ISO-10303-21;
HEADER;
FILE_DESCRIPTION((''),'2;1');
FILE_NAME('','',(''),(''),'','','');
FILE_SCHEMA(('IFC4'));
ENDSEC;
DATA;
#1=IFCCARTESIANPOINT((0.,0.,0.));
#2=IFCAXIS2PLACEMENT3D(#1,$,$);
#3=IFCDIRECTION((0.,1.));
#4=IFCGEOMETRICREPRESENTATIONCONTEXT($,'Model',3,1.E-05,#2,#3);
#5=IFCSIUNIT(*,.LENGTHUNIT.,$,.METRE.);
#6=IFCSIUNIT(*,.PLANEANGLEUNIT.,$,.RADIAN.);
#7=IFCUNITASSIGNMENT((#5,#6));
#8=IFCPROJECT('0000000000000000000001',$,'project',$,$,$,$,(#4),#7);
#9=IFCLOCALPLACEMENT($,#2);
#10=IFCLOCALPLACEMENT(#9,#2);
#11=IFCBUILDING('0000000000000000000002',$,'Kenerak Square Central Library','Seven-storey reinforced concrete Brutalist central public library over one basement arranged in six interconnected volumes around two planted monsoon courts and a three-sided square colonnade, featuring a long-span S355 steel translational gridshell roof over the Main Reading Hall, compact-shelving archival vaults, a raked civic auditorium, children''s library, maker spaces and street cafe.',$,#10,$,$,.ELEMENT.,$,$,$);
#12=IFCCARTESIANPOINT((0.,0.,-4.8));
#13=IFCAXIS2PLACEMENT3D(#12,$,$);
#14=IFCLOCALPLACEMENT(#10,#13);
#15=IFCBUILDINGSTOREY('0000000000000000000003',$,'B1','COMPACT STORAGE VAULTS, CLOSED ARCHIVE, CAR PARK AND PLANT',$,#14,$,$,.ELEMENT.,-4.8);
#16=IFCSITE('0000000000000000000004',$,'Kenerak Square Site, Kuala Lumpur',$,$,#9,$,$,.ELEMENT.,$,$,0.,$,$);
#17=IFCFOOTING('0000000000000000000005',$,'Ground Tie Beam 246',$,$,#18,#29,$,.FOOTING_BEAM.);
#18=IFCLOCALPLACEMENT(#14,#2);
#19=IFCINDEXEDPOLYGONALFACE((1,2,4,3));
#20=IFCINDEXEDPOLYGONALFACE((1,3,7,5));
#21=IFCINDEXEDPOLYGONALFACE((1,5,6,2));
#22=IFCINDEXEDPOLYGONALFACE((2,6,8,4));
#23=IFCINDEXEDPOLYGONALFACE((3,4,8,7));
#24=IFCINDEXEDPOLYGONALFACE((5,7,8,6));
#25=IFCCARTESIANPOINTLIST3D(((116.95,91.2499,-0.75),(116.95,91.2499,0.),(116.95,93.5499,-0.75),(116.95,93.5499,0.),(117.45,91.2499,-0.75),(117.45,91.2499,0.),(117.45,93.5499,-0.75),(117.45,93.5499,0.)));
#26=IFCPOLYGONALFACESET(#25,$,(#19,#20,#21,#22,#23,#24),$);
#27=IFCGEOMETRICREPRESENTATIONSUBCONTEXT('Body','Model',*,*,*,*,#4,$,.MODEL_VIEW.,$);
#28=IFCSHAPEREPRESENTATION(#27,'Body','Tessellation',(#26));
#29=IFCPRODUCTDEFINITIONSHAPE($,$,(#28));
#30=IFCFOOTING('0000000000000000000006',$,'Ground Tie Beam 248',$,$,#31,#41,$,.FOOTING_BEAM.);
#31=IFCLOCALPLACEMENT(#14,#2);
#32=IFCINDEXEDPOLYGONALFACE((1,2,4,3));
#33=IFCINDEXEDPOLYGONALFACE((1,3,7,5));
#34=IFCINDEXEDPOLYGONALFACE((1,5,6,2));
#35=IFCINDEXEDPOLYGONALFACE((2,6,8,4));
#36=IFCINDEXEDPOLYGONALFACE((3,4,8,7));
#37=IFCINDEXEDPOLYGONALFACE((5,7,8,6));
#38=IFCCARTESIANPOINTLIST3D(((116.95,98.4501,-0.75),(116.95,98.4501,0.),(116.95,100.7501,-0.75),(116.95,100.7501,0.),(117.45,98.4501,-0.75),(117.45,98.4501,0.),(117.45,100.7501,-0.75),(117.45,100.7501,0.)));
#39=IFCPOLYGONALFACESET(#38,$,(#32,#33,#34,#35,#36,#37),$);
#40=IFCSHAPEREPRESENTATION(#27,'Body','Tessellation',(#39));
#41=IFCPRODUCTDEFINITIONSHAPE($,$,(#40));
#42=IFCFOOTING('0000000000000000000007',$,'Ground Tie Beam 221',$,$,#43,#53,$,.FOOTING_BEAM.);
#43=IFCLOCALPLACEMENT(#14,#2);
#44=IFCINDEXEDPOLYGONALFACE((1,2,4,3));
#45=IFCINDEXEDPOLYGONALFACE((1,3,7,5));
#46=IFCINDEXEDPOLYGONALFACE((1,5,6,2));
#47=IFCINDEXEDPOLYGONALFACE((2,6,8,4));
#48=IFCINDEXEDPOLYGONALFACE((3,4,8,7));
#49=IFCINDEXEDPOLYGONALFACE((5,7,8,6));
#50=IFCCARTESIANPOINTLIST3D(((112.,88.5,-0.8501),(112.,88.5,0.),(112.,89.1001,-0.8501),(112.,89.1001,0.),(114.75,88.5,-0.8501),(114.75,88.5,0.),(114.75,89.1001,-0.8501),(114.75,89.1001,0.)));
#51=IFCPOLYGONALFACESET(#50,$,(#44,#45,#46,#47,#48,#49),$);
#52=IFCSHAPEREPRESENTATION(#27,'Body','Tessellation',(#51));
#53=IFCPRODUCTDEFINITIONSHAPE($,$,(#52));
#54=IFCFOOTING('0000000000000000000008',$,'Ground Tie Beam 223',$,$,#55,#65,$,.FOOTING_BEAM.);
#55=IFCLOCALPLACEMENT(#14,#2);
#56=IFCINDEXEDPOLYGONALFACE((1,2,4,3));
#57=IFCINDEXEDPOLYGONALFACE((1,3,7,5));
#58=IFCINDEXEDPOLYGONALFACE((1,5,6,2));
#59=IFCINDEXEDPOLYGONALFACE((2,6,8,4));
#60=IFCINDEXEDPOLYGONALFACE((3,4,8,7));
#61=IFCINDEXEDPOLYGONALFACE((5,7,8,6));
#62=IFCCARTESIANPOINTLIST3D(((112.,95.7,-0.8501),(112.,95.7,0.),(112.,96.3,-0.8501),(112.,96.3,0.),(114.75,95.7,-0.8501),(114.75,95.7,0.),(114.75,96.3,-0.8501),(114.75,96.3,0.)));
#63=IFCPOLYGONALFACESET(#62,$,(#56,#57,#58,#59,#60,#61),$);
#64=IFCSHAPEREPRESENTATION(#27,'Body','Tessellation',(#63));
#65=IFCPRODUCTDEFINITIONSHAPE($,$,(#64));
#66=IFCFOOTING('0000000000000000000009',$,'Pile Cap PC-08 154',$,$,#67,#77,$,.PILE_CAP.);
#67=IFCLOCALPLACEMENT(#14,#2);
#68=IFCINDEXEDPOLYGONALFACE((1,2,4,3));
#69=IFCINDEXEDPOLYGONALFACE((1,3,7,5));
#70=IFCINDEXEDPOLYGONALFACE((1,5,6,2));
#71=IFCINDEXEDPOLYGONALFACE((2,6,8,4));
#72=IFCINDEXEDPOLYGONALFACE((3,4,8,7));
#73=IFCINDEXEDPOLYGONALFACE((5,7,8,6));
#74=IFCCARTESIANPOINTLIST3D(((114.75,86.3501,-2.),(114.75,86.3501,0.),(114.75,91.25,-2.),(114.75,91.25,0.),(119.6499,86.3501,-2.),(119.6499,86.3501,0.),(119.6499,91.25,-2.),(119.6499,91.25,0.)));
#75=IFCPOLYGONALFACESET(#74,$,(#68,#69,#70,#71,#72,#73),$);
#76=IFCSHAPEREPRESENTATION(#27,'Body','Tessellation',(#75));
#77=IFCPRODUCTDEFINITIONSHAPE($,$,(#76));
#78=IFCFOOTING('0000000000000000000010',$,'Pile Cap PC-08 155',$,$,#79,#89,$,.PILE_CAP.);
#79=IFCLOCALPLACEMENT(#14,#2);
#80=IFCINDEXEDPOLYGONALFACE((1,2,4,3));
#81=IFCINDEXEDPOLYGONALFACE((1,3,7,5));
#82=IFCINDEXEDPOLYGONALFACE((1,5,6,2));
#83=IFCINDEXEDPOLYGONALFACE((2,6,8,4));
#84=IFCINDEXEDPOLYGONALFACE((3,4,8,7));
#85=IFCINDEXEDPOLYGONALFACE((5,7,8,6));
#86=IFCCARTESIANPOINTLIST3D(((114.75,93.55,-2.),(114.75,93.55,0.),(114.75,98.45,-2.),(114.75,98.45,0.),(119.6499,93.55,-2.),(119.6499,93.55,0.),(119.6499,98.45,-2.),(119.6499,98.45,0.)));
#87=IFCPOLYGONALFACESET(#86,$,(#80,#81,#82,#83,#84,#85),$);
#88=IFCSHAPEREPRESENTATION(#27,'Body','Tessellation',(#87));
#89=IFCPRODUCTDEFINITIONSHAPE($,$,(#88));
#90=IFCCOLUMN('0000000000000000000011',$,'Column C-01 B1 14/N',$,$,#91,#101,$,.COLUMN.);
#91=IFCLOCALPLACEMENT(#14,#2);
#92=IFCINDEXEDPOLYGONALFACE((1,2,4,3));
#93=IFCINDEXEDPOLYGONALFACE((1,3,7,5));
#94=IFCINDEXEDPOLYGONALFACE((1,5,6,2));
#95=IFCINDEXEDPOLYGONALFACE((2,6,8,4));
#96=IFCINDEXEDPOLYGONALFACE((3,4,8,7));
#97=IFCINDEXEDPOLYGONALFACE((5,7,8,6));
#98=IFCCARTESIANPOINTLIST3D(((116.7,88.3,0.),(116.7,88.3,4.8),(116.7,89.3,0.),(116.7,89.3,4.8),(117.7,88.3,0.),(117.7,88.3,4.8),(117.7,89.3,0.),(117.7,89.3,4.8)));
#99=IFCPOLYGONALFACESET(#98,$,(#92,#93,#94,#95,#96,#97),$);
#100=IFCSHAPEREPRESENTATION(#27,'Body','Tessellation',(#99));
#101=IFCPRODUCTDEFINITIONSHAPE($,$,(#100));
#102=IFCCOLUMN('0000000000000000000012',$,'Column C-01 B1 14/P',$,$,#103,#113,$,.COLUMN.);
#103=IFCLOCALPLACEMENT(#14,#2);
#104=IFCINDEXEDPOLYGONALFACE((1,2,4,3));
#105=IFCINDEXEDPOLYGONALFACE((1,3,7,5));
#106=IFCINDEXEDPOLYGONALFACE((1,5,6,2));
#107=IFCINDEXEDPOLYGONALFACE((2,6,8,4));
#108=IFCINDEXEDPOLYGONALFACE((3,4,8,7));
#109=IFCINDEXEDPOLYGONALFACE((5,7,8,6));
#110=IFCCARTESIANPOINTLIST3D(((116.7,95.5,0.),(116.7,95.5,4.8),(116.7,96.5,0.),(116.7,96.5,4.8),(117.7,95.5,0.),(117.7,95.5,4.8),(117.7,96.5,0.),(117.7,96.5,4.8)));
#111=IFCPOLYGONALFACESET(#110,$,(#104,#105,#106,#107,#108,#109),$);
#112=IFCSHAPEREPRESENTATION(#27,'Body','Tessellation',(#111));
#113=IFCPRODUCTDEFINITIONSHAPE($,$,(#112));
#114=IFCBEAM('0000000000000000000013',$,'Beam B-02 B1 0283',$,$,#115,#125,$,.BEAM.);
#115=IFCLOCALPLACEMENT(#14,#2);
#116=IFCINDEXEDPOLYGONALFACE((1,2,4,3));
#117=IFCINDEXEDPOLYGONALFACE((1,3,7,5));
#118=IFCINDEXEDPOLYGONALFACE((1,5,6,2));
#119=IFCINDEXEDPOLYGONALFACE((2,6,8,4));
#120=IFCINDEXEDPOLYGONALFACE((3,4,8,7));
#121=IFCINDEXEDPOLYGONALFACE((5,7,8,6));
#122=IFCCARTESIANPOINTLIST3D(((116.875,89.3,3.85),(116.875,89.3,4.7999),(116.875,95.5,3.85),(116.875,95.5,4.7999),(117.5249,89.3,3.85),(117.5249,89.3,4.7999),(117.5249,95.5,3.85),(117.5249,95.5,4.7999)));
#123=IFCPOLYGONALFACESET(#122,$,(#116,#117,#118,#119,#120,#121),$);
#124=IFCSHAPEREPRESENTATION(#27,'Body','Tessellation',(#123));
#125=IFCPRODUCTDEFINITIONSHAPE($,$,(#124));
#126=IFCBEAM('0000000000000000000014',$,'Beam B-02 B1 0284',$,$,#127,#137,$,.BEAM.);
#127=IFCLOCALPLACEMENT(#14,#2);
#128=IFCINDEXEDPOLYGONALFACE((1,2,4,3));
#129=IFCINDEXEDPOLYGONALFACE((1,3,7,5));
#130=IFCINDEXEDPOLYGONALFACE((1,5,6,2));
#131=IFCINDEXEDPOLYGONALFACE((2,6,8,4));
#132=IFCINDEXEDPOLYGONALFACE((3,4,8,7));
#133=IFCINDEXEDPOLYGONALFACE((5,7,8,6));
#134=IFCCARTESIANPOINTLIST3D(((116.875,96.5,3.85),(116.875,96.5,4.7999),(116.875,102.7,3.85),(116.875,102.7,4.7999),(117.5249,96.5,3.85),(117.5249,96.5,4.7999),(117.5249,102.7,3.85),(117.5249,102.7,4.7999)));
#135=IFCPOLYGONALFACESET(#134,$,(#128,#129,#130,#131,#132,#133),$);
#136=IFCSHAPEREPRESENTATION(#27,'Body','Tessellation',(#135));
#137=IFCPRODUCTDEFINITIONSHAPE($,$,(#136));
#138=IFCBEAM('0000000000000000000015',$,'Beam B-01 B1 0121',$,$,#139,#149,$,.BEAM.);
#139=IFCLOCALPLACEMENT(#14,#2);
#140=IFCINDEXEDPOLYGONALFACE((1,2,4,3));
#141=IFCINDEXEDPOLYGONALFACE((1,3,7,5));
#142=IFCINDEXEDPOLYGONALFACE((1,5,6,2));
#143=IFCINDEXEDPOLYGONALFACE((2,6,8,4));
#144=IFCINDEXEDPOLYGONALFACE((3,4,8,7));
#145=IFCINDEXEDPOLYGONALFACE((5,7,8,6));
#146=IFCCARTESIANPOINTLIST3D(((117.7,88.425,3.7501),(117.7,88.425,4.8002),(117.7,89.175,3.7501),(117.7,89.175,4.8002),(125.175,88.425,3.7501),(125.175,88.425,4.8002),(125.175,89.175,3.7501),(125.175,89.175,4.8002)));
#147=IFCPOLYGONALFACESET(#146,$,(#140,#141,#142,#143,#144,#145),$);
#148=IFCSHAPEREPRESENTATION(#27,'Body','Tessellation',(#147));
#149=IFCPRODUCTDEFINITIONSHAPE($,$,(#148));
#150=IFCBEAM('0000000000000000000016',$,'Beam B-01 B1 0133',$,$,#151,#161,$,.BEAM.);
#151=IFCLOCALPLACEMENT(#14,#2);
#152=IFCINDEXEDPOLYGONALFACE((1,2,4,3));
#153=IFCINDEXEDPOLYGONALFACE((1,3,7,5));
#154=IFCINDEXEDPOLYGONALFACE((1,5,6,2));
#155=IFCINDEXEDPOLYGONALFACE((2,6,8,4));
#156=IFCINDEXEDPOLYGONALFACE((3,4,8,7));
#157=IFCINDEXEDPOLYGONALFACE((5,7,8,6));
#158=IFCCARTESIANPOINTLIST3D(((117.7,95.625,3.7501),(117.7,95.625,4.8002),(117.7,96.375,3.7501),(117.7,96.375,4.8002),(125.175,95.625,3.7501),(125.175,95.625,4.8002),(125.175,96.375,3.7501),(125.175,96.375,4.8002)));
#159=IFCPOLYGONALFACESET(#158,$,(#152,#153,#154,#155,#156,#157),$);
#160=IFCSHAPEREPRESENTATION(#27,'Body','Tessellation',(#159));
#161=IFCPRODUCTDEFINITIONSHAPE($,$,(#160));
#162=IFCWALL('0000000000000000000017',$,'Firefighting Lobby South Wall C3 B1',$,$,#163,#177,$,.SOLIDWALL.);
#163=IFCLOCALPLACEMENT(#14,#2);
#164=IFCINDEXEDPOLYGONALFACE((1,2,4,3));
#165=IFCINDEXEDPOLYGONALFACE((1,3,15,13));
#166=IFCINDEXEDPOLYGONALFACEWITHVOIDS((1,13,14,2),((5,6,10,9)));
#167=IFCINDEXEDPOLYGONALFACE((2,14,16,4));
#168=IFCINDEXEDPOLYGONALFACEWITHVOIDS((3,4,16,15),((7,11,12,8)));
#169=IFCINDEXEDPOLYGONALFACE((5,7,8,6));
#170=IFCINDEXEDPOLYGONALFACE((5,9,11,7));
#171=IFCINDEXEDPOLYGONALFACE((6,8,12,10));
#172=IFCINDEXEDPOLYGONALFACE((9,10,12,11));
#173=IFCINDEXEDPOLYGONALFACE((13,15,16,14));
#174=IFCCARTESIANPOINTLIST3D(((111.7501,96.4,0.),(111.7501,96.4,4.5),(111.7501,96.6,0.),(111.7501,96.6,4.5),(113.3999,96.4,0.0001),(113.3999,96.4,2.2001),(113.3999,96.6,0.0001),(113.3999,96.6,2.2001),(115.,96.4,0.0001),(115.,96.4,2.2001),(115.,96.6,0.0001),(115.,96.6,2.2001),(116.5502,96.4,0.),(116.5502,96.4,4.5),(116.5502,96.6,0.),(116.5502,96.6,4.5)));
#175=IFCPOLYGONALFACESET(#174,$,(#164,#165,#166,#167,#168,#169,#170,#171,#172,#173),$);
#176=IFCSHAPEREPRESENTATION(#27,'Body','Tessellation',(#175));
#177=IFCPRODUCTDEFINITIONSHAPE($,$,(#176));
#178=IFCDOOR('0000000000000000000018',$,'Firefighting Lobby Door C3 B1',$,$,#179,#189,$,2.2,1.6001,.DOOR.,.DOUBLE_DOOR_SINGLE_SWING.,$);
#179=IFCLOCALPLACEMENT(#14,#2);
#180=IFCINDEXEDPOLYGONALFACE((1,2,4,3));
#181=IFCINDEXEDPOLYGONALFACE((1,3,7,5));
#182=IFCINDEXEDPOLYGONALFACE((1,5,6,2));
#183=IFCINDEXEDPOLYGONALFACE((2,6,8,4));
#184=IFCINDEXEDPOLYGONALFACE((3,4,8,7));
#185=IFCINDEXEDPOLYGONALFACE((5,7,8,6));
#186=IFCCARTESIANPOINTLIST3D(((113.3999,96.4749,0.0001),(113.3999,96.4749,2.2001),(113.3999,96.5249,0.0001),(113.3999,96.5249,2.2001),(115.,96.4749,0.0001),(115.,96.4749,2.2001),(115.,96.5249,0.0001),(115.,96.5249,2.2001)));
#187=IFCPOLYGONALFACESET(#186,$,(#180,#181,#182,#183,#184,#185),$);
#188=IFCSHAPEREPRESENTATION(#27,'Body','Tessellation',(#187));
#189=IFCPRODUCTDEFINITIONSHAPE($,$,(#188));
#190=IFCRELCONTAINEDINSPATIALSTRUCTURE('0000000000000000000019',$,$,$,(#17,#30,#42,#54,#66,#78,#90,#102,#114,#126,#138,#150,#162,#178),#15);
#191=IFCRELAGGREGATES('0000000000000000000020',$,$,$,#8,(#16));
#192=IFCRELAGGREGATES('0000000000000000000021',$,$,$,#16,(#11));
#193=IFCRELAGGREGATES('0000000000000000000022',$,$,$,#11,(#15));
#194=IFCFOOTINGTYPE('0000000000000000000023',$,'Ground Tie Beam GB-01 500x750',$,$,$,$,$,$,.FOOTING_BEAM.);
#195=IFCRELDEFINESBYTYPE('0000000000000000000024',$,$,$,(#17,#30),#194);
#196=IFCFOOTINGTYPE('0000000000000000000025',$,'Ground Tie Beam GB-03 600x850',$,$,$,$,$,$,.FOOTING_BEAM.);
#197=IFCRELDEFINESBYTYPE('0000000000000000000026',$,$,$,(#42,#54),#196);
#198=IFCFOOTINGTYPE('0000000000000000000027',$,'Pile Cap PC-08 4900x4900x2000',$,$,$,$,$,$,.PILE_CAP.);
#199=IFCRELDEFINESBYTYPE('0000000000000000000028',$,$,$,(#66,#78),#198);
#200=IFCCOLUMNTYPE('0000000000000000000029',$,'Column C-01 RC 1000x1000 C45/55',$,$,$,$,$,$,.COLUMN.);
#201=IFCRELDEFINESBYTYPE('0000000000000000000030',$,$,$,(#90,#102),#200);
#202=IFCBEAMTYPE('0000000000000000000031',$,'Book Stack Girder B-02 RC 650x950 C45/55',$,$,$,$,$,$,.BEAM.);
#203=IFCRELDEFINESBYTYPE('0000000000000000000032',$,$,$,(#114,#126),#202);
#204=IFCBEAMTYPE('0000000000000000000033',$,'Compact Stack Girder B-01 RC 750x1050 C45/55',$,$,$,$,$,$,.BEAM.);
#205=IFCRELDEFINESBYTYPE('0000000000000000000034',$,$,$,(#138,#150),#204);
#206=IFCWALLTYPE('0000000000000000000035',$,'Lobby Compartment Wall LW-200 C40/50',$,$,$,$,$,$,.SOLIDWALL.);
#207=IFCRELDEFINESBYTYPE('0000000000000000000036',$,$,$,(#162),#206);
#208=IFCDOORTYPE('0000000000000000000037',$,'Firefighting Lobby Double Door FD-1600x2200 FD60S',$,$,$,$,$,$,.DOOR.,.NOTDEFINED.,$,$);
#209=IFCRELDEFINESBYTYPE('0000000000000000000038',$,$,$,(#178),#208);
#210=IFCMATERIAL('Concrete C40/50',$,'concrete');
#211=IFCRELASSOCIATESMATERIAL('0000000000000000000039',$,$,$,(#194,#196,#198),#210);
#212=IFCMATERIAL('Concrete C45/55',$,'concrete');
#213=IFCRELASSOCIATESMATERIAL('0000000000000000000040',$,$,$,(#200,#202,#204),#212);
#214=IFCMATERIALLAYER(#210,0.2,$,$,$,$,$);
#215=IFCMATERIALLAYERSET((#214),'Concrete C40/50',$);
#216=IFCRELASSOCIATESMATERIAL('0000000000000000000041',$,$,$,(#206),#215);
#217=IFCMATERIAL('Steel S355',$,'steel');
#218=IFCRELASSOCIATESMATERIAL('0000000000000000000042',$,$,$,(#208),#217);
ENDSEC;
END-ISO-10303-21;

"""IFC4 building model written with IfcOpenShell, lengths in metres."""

from ifc_helpers import new_model, si_unit, direction, frame, frame_2d, origin, origin_2d, place, context, subcontext, project, spatial, rectangle, extrude, material, layer, layer_set, material_profile, profile_set, type_object, element, fill, save


model = new_model("IFC4")

# Units and contexts
model_context = context("Model", 3, precision=1e-05, world=origin(), true_north=direction((0.0, 1.0)))
body_context = subcontext(model_context, "Body", "Model", "MODEL_VIEW")
ifc_project = project(units=[si_unit("LENGTHUNIT", "METRE"), si_unit("PLANEANGLEUNIT", "RADIAN")], contexts=[model_context])

# Site, building, storey
site_placement = place(None, origin())
site = spatial("IfcSite", under=ifc_project, at=site_placement, Name="Kenerak Square Site, Kuala Lumpur", CompositionType="ELEMENT", RefElevation=0.0)
building_placement = place(site_placement, origin())
building = spatial("IfcBuilding", under=site, at=building_placement, Name="Kenerak Square Central Library", Description="Seven-storey reinforced concrete Brutalist central public library over one basement arranged in six interconnected volumes around two planted monsoon courts and a three-sided square colonnade, featuring a long-span S355 steel translational gridshell roof over the Main Reading Hall, compact-shelving archival vaults, a raked civic auditorium, children's library, maker spaces and street cafe.", CompositionType="ELEMENT")
storey_placement = place(building_placement, frame((0.0, 0.0, -4.8)))
storey = spatial("IfcBuildingStorey", under=building, at=storey_placement, Name="B1", Description="COMPACT STORAGE VAULTS, CLOSED ARCHIVE, CAR PARK AND PLANT", CompositionType="ELEMENT", Elevation=-4.8)

# Shared definitions
ifc_material_1 = material(Name="Concrete C40/50", Category="concrete")

# Footings
footing_type_1 = type_object("IfcFootingType", Name="Ground Tie Beam GB-01 500x750", PredefinedType="FOOTING_BEAM", material=ifc_material_1)
for number, where, z_axis, x_axis, name in (
    (1, (117.2, 92.3999, -0.75), (0.0, 0.0, 1.0), (1.0, 0.0, 0.0), "Ground Tie Beam 246"),
    (2, (117.2, 99.6001, -0.75), (0.0, 0.0, 1.0), (1.0, 0.0, 0.0), "Ground Tie Beam 248"),
):
    element("IfcFooting", number, at=place(storey_placement, frame(where, z_axis=z_axis, x_axis=x_axis)), inside=storey, type_object=footing_type_1, Name=name, PredefinedType="FOOTING_BEAM", context=body_context, shape_type="SweptSolid", body=[
        extrude(rectangle(XDim=0.5, YDim=2.3, at=origin_2d()), origin(), (0.0, 0.0, 1.0), 0.75),
    ])
footing_type_2 = type_object("IfcFootingType", Name="Ground Tie Beam GB-03 600x850", PredefinedType="FOOTING_BEAM", material=ifc_material_1)
for number, where, z_axis, x_axis, name in (
    (3, (113.375, 88.8, -0.8501), (0.0, 0.0, 1.0), (1.0, 0.0, 0.0), "Ground Tie Beam 221"),
    (4, (113.375, 96.0, -0.8501), (0.0, 0.0, 1.0), (1.0, 0.0, 0.0), "Ground Tie Beam 223"),
):
    element("IfcFooting", number, at=place(storey_placement, frame(where, z_axis=z_axis, x_axis=x_axis)), inside=storey, type_object=footing_type_2, Name=name, PredefinedType="FOOTING_BEAM", context=body_context, shape_type="SweptSolid", body=[
        extrude(rectangle(XDim=2.75, YDim=0.6001, at=origin_2d()), origin(), (0.0, 0.0, 1.0), 0.8501),
    ])
footing_type_3 = type_object("IfcFootingType", Name="Pile Cap PC-08 4900x4900x2000", PredefinedType="PILE_CAP", material=ifc_material_1)
for number, where, z_axis, x_axis, name in (
    (5, (117.2, 88.8, -2.0), (0.0, 0.0, 1.0), (1.0, 0.0, 0.0), "Pile Cap PC-08 154"),
    (6, (117.2, 96.0, -2.0), (0.0, 0.0, 1.0), (1.0, 0.0, 0.0), "Pile Cap PC-08 155"),
):
    element("IfcFooting", number, at=place(storey_placement, frame(where, z_axis=z_axis, x_axis=x_axis)), inside=storey, type_object=footing_type_3, Name=name, PredefinedType="PILE_CAP", context=body_context, shape_type="SweptSolid", body=[
        extrude(rectangle(XDim=4.8999, YDim=4.8999, at=origin_2d()), origin(), (0.0, 0.0, 1.0), 2.0),
    ])

# Columns
ifc_material_2 = material(Name="Concrete C45/55", Category="concrete")
ifc_material_profile_1 = material_profile(ifc_material_2, rectangle(XDim=1.0, YDim=1.0, at=origin_2d()), Name="RC 1000x1000")
ifc_profile_set_1 = profile_set([ifc_material_profile_1], Name="Concrete C45/55")
column_type = type_object("IfcColumnType", Name="Column C-01 RC 1000x1000 C45/55", PredefinedType="COLUMN", material=ifc_profile_set_1)
for number, where, z_axis, x_axis, name in (
    (7, (117.2, 88.8, 0.0), (0.0, 0.0, 1.0), (1.0, 0.0, 0.0), "Column C-01 B1 14/N"),
    (8, (117.2, 96.0, 0.0), (0.0, 0.0, 1.0), (1.0, 0.0, 0.0), "Column C-01 B1 14/P"),
):
    element("IfcColumn", number, at=place(storey_placement, frame(where, z_axis=z_axis, x_axis=x_axis)), inside=storey, type_object=column_type, Name=name, PredefinedType="COLUMN", context=body_context, shape_type="SweptSolid", body=[
        extrude(rectangle(XDim=1.0, YDim=1.0, at=origin_2d()), origin(), (0.0, 0.0, 1.0), 4.8),
    ])

# Beams
ifc_material_profile_2 = material_profile(ifc_material_2, rectangle(XDim=0.6499, YDim=0.95, at=origin_2d()), Name="RC 650x950")
ifc_profile_set_2 = profile_set([ifc_material_profile_2], Name="Concrete C45/55")
beam_type_1 = type_object("IfcBeamType", Name="Book Stack Girder B-02 RC 650x950 C45/55", PredefinedType="BEAM", material=ifc_profile_set_2)
for number, where, z_axis, x_axis, name in (
    (9, (117.2, 89.3, 4.325), (0.0, 1.0, 0.0), (-1.0, 0.0, 0.0), "Beam B-02 B1 0283"),
    (10, (117.2, 96.5, 4.325), (0.0, 1.0, 0.0), (-1.0, 0.0, 0.0), "Beam B-02 B1 0284"),
):
    element("IfcBeam", number, at=place(storey_placement, frame(where, z_axis=z_axis, x_axis=x_axis)), inside=storey, type_object=beam_type_1, Name=name, PredefinedType="BEAM", context=body_context, shape_type="SweptSolid", body=[
        extrude(rectangle(XDim=0.6499, YDim=0.95, at=origin_2d()), origin(), (0.0, 0.0, 1.0), 6.2),
    ])
ifc_material_profile_3 = material_profile(ifc_material_2, rectangle(XDim=0.75, YDim=1.05, at=origin_2d()), Name="RC 750x1050")
ifc_profile_set_3 = profile_set([ifc_material_profile_3], Name="Concrete C45/55")
beam_type_2 = type_object("IfcBeamType", Name="Compact Stack Girder B-01 RC 750x1050 C45/55", PredefinedType="BEAM", material=ifc_profile_set_3)
for number, where, z_axis, x_axis, name in (
    (11, (117.7, 88.8, 4.2751), (1.0, 0.0, 0.0), (0.0, 1.0, 0.0), "Beam B-01 B1 0121"),
    (12, (117.7, 96.0, 4.2751), (1.0, 0.0, 0.0), (0.0, 1.0, 0.0), "Beam B-01 B1 0133"),
):
    element("IfcBeam", number, at=place(storey_placement, frame(where, z_axis=z_axis, x_axis=x_axis)), inside=storey, type_object=beam_type_2, Name=name, PredefinedType="BEAM", context=body_context, shape_type="SweptSolid", body=[
        extrude(rectangle(XDim=0.75, YDim=1.05, at=origin_2d()), origin(), (0.0, 0.0, 1.0), 7.4751),
    ])

# Wall, opening, door
ifc_layer_1 = layer(ifc_material_1, 0.2)
ifc_layer_set_1 = layer_set([ifc_layer_1], Name="Concrete C40/50")
wall_type_1 = type_object("IfcWallType", Name="Lobby Compartment Wall LW-200 C40/50", PredefinedType="SOLIDWALL", material=ifc_layer_set_1)
wall_1_placement = place(storey_placement, frame((116.55, 96.5, 0.0), z_axis=(0.0, 0.0, 1.0), x_axis=(-1.0, 0.0, 0.0)))
wall_1 = element("IfcWall", 13, at=wall_1_placement, inside=storey, type_object=wall_type_1, Name="Firefighting Lobby South Wall C3 B1", PredefinedType="SOLIDWALL", context=body_context, shape_type="SweptSolid", body=[
    extrude(rectangle(XDim=4.8, YDim=0.2, at=frame_2d((2.3999, 0.0))), origin(), (0.0, 0.0, 1.0), 4.5),
])
opening_placement = place(wall_1_placement, frame((1.55, 0.0, 0.0)))
opening = element("IfcOpeningElement", 14, at=opening_placement, cuts=wall_1, PredefinedType="OPENING", context=body_context, shape_type="SweptSolid", body=[
    extrude(rectangle(XDim=1.6001, YDim=2.2, at=frame_2d((0.8, 1.1001))), frame((0.0, 0.1099, 0.0), z_axis=(0.0, -1.0, 0.0), x_axis=(1.0, 0.0, 0.0)), (0.0, 0.0, 1.0), 0.22),
])
ifc_material_3 = material(Name="Steel S355", Category="steel")
door_type = type_object("IfcDoorType", Name="Firefighting Lobby Double Door FD-1600x2200 FD60S", OperationType="NOTDEFINED", PredefinedType="DOOR", material=ifc_material_3)
door_placement = place(opening_placement, frame((1.6001, 0.0, 0.0), z_axis=(0.0, 0.0, 1.0), x_axis=(-1.0, 0.0, 0.0)))
door = element("IfcDoor", 15, at=door_placement, inside=storey, type_object=door_type, Name="Firefighting Lobby Door C3 B1", OperationType="DOUBLE_DOOR_SINGLE_SWING", OverallHeight=2.2, OverallWidth=1.6001, PredefinedType="DOOR", context=body_context, shape_type="SweptSolid", body=[
    extrude(rectangle(XDim=1.6001, YDim=2.2, at=frame_2d((0.8, 1.1001))), frame((0.0, 0.0249, 0.0), z_axis=(0.0, -1.0, 0.0), x_axis=(1.0, 0.0, 0.0)), (0.0, 0.0, 1.0), 0.05),
])
fill(opening, door)

save(model, "model.ifc")
